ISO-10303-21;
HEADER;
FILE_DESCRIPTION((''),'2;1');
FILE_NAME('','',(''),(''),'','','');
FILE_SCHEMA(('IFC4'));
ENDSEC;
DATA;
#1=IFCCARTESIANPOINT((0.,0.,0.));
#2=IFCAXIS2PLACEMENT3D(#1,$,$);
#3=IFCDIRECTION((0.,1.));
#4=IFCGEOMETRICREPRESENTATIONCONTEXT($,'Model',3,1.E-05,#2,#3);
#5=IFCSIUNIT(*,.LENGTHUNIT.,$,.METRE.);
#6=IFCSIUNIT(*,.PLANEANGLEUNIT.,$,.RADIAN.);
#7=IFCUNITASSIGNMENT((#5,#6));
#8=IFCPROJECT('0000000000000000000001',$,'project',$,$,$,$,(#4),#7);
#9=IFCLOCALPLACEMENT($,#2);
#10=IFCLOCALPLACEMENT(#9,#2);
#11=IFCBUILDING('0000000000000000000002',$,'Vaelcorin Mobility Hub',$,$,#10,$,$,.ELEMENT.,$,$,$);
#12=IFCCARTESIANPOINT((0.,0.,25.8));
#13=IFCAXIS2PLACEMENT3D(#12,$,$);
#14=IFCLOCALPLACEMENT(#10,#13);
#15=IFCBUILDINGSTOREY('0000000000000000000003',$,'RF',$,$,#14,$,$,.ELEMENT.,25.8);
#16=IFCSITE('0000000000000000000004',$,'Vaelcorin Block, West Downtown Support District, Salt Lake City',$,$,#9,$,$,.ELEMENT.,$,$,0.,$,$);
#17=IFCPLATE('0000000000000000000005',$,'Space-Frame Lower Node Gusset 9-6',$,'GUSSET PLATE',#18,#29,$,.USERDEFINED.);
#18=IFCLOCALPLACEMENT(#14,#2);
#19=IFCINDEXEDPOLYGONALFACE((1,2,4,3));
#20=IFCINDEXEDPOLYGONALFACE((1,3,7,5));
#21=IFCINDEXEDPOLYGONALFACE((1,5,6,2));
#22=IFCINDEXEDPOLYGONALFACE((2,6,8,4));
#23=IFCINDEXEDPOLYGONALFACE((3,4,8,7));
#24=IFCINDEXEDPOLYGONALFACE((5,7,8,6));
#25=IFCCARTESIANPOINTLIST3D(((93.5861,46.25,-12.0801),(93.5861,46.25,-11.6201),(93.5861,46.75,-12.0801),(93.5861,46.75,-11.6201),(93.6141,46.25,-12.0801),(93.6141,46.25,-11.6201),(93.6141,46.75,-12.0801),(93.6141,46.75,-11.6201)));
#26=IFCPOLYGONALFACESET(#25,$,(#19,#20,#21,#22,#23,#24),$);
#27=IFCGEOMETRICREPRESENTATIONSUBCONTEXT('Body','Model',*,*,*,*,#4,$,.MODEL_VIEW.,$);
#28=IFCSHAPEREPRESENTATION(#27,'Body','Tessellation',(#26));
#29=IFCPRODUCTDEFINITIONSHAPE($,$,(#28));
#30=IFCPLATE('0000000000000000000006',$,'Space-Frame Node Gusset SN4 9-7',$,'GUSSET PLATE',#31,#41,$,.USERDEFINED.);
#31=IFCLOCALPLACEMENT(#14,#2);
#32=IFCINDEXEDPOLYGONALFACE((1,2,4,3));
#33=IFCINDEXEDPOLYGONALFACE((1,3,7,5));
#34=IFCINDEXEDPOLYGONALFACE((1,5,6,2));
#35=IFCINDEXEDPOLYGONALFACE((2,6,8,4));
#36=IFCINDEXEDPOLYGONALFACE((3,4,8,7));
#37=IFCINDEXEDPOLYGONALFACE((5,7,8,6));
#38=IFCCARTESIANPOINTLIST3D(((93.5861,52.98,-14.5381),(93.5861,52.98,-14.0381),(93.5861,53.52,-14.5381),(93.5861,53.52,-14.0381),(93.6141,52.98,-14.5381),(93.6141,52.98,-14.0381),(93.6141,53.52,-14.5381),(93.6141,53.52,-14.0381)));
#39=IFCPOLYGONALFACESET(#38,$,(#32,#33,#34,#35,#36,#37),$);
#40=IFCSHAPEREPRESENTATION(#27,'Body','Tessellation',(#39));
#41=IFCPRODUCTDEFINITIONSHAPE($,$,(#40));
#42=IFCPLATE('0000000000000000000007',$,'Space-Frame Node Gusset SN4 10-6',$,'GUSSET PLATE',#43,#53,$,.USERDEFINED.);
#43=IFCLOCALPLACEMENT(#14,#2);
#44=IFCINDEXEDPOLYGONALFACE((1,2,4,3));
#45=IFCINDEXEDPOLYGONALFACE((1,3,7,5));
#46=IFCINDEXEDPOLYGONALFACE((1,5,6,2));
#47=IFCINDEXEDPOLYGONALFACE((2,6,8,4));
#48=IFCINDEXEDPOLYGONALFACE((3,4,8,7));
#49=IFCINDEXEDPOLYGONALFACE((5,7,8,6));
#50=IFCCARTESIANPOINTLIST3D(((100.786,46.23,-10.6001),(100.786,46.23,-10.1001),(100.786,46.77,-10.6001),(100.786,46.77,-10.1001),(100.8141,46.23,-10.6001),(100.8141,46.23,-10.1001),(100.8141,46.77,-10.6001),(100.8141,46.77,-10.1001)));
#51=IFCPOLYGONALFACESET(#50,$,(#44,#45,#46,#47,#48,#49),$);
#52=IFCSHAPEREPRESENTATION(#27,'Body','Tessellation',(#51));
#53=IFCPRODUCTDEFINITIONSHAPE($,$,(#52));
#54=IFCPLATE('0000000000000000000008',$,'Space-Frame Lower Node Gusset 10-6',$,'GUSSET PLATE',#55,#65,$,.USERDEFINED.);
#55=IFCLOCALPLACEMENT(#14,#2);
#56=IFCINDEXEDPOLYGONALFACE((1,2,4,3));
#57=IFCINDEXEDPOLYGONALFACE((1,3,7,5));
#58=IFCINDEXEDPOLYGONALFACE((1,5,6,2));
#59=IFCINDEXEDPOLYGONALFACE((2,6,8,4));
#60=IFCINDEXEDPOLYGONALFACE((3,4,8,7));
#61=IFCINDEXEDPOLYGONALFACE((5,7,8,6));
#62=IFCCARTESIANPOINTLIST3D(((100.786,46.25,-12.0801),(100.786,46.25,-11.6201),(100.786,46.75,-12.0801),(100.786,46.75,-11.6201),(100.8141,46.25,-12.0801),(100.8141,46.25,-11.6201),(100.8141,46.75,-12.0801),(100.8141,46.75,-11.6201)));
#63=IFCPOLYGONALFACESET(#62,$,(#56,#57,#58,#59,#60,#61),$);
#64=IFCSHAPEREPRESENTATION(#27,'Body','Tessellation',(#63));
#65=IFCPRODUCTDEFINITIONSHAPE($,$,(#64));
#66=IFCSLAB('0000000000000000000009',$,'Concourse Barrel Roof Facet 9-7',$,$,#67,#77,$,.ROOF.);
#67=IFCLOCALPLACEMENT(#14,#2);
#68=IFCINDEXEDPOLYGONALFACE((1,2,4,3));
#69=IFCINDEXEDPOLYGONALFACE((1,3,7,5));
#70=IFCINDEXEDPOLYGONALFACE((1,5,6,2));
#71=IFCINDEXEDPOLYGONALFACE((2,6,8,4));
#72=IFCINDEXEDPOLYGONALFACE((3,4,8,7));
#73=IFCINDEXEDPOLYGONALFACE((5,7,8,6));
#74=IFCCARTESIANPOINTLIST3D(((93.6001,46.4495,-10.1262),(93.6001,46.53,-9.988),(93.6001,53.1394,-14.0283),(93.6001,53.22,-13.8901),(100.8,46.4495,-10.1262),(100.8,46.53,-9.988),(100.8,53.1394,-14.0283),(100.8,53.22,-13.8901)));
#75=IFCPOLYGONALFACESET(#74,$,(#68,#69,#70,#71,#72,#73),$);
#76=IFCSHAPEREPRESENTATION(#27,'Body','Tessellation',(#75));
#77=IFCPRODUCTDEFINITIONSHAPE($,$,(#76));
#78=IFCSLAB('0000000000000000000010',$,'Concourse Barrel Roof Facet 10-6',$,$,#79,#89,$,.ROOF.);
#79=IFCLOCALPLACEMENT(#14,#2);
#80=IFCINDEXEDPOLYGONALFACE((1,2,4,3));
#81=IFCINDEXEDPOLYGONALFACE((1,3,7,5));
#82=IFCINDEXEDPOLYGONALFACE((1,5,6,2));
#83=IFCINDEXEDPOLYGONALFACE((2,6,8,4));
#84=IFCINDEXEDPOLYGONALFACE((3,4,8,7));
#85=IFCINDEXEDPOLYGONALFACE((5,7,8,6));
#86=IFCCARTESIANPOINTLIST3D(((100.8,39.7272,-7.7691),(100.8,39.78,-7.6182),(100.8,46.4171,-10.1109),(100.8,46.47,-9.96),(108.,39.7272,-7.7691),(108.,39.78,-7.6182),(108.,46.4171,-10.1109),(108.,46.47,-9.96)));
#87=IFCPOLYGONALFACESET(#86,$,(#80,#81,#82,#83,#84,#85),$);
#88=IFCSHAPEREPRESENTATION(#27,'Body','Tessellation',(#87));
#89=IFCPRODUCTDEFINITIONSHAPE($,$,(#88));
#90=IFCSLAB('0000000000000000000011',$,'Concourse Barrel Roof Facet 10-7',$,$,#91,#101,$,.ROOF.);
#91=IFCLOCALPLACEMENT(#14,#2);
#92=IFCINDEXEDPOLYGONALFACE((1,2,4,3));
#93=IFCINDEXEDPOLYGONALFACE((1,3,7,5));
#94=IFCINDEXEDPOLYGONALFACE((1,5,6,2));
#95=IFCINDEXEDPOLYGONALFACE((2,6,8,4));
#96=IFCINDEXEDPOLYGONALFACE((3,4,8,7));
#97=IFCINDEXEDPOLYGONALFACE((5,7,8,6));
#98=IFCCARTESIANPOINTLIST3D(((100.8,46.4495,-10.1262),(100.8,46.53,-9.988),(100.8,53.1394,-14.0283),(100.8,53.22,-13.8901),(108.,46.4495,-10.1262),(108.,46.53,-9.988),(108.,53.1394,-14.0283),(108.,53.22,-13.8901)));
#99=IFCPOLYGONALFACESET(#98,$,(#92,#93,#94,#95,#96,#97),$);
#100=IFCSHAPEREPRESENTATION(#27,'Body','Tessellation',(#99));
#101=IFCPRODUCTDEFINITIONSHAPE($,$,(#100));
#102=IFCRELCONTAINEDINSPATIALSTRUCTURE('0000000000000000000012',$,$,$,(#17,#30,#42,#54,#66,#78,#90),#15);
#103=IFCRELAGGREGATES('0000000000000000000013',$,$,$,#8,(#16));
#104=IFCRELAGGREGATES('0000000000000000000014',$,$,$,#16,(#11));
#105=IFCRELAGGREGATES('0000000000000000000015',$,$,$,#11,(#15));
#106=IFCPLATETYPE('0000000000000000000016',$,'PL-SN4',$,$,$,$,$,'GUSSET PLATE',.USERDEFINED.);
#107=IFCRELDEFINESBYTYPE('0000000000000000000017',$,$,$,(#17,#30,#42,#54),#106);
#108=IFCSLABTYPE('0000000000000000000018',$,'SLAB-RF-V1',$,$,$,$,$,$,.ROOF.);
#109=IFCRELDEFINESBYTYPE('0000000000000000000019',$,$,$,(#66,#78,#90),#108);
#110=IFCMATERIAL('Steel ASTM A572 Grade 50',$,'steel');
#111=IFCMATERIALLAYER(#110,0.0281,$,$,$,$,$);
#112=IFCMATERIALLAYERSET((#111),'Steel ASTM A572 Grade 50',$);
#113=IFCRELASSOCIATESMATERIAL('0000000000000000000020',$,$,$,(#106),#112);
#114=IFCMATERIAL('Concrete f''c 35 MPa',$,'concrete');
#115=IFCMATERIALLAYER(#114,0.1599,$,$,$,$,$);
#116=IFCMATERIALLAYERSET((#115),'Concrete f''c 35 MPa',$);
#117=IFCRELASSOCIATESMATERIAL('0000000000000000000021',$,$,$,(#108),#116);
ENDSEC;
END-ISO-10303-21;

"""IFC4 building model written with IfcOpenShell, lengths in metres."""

from ifc_helpers import new_model, si_unit, direction, frame, origin, origin_2d, place, context, subcontext, project, spatial, polyline, rectangle, outline, extrude, material, layer, layer_set, type_object, element, save


model = new_model("IFC4")

# Units and contexts
model_context = context("Model", 3, precision=1e-05, world=origin(), true_north=direction((0.0, 1.0)))
body_context = subcontext(model_context, "Body", "Model", "MODEL_VIEW")
ifc_project = project(units=[si_unit("LENGTHUNIT", "METRE"), si_unit("PLANEANGLEUNIT", "RADIAN")], contexts=[model_context])

# Site, building, storey
site_placement = place(None, origin())
site = spatial("IfcSite", under=ifc_project, at=site_placement, Name="Vaelcorin Block, West Downtown Support District, Salt Lake City", CompositionType="ELEMENT", RefElevation=0.0)
building_placement = place(site_placement, origin())
building = spatial("IfcBuilding", under=site, at=building_placement, Name="Vaelcorin Mobility Hub", CompositionType="ELEMENT")
storey_placement = place(building_placement, frame((0.0, 0.0, 25.8)))
storey = spatial("IfcBuildingStorey", under=building, at=storey_placement, Name="RF", CompositionType="ELEMENT", Elevation=25.8)

# Plates
ifc_material_1 = material(Name="Steel ASTM A572 Grade 50", Category="steel")
ifc_layer_1 = layer(ifc_material_1, 0.0281)
ifc_layer_set_1 = layer_set([ifc_layer_1], Name="Steel ASTM A572 Grade 50")
plate_type_1 = type_object("IfcPlateType", Name="PL-SN4", ElementType="GUSSET PLATE", PredefinedType="USERDEFINED", material=ifc_layer_set_1)
plate_1_placement = place(storey_placement, frame((93.6001, 46.5, -12.0801), z_axis=(0.0, 0.0, 1.0), x_axis=(1.0, 0.0, 0.0)))
element("IfcPlate", 1, at=plate_1_placement, inside=storey, type_object=plate_type_1, Name="Space-Frame Lower Node Gusset 9-6", ObjectType="GUSSET PLATE", PredefinedType="USERDEFINED", context=body_context, shape_type="SweptSolid", body=[
    extrude(rectangle(XDim=0.0281, YDim=0.5, at=origin_2d()), origin(), (0.0, 0.0, 1.0), 0.46),
])
for number, where, z_axis, x_axis, name in (
    (2, (93.6001, 53.25, -14.5381), (0.0, 0.0, 1.0), (1.0, 0.0, 0.0), "Space-Frame Node Gusset SN4 9-7"),
    (3, (100.8, 46.5, -10.6001), (0.0, 0.0, 1.0), (1.0, 0.0, 0.0), "Space-Frame Node Gusset SN4 10-6"),
):
    element("IfcPlate", number, at=place(storey_placement, frame(where, z_axis=z_axis, x_axis=x_axis)), inside=storey, type_object=plate_type_1, Name=name, ObjectType="GUSSET PLATE", PredefinedType="USERDEFINED", context=body_context, shape_type="SweptSolid", body=[
        extrude(rectangle(XDim=0.0281, YDim=0.54, at=origin_2d()), origin(), (0.0, 0.0, 1.0), 0.5),
    ])
plate_2_placement = place(storey_placement, frame((100.8, 46.5, -12.0801), z_axis=(0.0, 0.0, 1.0), x_axis=(1.0, 0.0, 0.0)))
element("IfcPlate", 4, at=plate_2_placement, inside=storey, type_object=plate_type_1, Name="Space-Frame Lower Node Gusset 10-6", ObjectType="GUSSET PLATE", PredefinedType="USERDEFINED", context=body_context, shape_type="SweptSolid", body=[
    extrude(rectangle(XDim=0.0281, YDim=0.5, at=origin_2d()), origin(), (0.0, 0.0, 1.0), 0.46),
])

# Slabs
ifc_material_2 = material(Name="Concrete f'c 35 MPa", Category="concrete")
ifc_layer_2 = layer(ifc_material_2, 0.1599)
ifc_layer_set_2 = layer_set([ifc_layer_2], Name="Concrete f'c 35 MPa")
slab_type = type_object("IfcSlabType", Name="SLAB-RF-V1", PredefinedType="ROOF", material=ifc_layer_set_2)
slab_1_placement = place(storey_placement, frame((93.6001, 46.53, -9.988), z_axis=(0.0, 0.503836, 0.863799), x_axis=(1.0, 0.0, 0.0)))
element("IfcSlab", 5, at=slab_1_placement, inside=storey, type_object=slab_type, Name="Concourse Barrel Roof Facet 9-7", PredefinedType="ROOF", context=body_context, shape_type="SweptSolid", body=[
    extrude(outline(polyline([(0.0, 0.0), (7.2, 0.0), (7.2, 7.7448), (0.0, 7.7448), (0.0, 0.0)])), origin(), (0.0, 0.0, -1.0), 0.1599),
])
slab_2_placement = place(storey_placement, frame((100.8, 39.78, -7.6182), z_axis=(0.0, 0.33039, 0.943844), x_axis=(1.0, 0.0, 0.0)))
element("IfcSlab", 6, at=slab_2_placement, inside=storey, type_object=slab_type, Name="Concourse Barrel Roof Facet 10-6", PredefinedType="ROOF", context=body_context, shape_type="SweptSolid", body=[
    extrude(outline(polyline([(0.0, 0.0), (7.2, 0.0), (7.2, 7.088), (0.0, 7.088), (0.0, 0.0)])), origin(), (0.0, 0.0, -1.0), 0.1599),
])
slab_3_placement = place(storey_placement, frame((100.8, 46.53, -9.988), z_axis=(0.0, 0.503836, 0.863799), x_axis=(1.0, 0.0, 0.0)))
element("IfcSlab", 7, at=slab_3_placement, inside=storey, type_object=slab_type, Name="Concourse Barrel Roof Facet 10-7", PredefinedType="ROOF", context=body_context, shape_type="SweptSolid", body=[
    extrude(outline(polyline([(0.0, 0.0), (7.2, 0.0), (7.2, 7.7448), (0.0, 7.7448), (0.0, 0.0)])), origin(), (0.0, 0.0, -1.0), 0.1599),
])

save(model, "model.ifc")
